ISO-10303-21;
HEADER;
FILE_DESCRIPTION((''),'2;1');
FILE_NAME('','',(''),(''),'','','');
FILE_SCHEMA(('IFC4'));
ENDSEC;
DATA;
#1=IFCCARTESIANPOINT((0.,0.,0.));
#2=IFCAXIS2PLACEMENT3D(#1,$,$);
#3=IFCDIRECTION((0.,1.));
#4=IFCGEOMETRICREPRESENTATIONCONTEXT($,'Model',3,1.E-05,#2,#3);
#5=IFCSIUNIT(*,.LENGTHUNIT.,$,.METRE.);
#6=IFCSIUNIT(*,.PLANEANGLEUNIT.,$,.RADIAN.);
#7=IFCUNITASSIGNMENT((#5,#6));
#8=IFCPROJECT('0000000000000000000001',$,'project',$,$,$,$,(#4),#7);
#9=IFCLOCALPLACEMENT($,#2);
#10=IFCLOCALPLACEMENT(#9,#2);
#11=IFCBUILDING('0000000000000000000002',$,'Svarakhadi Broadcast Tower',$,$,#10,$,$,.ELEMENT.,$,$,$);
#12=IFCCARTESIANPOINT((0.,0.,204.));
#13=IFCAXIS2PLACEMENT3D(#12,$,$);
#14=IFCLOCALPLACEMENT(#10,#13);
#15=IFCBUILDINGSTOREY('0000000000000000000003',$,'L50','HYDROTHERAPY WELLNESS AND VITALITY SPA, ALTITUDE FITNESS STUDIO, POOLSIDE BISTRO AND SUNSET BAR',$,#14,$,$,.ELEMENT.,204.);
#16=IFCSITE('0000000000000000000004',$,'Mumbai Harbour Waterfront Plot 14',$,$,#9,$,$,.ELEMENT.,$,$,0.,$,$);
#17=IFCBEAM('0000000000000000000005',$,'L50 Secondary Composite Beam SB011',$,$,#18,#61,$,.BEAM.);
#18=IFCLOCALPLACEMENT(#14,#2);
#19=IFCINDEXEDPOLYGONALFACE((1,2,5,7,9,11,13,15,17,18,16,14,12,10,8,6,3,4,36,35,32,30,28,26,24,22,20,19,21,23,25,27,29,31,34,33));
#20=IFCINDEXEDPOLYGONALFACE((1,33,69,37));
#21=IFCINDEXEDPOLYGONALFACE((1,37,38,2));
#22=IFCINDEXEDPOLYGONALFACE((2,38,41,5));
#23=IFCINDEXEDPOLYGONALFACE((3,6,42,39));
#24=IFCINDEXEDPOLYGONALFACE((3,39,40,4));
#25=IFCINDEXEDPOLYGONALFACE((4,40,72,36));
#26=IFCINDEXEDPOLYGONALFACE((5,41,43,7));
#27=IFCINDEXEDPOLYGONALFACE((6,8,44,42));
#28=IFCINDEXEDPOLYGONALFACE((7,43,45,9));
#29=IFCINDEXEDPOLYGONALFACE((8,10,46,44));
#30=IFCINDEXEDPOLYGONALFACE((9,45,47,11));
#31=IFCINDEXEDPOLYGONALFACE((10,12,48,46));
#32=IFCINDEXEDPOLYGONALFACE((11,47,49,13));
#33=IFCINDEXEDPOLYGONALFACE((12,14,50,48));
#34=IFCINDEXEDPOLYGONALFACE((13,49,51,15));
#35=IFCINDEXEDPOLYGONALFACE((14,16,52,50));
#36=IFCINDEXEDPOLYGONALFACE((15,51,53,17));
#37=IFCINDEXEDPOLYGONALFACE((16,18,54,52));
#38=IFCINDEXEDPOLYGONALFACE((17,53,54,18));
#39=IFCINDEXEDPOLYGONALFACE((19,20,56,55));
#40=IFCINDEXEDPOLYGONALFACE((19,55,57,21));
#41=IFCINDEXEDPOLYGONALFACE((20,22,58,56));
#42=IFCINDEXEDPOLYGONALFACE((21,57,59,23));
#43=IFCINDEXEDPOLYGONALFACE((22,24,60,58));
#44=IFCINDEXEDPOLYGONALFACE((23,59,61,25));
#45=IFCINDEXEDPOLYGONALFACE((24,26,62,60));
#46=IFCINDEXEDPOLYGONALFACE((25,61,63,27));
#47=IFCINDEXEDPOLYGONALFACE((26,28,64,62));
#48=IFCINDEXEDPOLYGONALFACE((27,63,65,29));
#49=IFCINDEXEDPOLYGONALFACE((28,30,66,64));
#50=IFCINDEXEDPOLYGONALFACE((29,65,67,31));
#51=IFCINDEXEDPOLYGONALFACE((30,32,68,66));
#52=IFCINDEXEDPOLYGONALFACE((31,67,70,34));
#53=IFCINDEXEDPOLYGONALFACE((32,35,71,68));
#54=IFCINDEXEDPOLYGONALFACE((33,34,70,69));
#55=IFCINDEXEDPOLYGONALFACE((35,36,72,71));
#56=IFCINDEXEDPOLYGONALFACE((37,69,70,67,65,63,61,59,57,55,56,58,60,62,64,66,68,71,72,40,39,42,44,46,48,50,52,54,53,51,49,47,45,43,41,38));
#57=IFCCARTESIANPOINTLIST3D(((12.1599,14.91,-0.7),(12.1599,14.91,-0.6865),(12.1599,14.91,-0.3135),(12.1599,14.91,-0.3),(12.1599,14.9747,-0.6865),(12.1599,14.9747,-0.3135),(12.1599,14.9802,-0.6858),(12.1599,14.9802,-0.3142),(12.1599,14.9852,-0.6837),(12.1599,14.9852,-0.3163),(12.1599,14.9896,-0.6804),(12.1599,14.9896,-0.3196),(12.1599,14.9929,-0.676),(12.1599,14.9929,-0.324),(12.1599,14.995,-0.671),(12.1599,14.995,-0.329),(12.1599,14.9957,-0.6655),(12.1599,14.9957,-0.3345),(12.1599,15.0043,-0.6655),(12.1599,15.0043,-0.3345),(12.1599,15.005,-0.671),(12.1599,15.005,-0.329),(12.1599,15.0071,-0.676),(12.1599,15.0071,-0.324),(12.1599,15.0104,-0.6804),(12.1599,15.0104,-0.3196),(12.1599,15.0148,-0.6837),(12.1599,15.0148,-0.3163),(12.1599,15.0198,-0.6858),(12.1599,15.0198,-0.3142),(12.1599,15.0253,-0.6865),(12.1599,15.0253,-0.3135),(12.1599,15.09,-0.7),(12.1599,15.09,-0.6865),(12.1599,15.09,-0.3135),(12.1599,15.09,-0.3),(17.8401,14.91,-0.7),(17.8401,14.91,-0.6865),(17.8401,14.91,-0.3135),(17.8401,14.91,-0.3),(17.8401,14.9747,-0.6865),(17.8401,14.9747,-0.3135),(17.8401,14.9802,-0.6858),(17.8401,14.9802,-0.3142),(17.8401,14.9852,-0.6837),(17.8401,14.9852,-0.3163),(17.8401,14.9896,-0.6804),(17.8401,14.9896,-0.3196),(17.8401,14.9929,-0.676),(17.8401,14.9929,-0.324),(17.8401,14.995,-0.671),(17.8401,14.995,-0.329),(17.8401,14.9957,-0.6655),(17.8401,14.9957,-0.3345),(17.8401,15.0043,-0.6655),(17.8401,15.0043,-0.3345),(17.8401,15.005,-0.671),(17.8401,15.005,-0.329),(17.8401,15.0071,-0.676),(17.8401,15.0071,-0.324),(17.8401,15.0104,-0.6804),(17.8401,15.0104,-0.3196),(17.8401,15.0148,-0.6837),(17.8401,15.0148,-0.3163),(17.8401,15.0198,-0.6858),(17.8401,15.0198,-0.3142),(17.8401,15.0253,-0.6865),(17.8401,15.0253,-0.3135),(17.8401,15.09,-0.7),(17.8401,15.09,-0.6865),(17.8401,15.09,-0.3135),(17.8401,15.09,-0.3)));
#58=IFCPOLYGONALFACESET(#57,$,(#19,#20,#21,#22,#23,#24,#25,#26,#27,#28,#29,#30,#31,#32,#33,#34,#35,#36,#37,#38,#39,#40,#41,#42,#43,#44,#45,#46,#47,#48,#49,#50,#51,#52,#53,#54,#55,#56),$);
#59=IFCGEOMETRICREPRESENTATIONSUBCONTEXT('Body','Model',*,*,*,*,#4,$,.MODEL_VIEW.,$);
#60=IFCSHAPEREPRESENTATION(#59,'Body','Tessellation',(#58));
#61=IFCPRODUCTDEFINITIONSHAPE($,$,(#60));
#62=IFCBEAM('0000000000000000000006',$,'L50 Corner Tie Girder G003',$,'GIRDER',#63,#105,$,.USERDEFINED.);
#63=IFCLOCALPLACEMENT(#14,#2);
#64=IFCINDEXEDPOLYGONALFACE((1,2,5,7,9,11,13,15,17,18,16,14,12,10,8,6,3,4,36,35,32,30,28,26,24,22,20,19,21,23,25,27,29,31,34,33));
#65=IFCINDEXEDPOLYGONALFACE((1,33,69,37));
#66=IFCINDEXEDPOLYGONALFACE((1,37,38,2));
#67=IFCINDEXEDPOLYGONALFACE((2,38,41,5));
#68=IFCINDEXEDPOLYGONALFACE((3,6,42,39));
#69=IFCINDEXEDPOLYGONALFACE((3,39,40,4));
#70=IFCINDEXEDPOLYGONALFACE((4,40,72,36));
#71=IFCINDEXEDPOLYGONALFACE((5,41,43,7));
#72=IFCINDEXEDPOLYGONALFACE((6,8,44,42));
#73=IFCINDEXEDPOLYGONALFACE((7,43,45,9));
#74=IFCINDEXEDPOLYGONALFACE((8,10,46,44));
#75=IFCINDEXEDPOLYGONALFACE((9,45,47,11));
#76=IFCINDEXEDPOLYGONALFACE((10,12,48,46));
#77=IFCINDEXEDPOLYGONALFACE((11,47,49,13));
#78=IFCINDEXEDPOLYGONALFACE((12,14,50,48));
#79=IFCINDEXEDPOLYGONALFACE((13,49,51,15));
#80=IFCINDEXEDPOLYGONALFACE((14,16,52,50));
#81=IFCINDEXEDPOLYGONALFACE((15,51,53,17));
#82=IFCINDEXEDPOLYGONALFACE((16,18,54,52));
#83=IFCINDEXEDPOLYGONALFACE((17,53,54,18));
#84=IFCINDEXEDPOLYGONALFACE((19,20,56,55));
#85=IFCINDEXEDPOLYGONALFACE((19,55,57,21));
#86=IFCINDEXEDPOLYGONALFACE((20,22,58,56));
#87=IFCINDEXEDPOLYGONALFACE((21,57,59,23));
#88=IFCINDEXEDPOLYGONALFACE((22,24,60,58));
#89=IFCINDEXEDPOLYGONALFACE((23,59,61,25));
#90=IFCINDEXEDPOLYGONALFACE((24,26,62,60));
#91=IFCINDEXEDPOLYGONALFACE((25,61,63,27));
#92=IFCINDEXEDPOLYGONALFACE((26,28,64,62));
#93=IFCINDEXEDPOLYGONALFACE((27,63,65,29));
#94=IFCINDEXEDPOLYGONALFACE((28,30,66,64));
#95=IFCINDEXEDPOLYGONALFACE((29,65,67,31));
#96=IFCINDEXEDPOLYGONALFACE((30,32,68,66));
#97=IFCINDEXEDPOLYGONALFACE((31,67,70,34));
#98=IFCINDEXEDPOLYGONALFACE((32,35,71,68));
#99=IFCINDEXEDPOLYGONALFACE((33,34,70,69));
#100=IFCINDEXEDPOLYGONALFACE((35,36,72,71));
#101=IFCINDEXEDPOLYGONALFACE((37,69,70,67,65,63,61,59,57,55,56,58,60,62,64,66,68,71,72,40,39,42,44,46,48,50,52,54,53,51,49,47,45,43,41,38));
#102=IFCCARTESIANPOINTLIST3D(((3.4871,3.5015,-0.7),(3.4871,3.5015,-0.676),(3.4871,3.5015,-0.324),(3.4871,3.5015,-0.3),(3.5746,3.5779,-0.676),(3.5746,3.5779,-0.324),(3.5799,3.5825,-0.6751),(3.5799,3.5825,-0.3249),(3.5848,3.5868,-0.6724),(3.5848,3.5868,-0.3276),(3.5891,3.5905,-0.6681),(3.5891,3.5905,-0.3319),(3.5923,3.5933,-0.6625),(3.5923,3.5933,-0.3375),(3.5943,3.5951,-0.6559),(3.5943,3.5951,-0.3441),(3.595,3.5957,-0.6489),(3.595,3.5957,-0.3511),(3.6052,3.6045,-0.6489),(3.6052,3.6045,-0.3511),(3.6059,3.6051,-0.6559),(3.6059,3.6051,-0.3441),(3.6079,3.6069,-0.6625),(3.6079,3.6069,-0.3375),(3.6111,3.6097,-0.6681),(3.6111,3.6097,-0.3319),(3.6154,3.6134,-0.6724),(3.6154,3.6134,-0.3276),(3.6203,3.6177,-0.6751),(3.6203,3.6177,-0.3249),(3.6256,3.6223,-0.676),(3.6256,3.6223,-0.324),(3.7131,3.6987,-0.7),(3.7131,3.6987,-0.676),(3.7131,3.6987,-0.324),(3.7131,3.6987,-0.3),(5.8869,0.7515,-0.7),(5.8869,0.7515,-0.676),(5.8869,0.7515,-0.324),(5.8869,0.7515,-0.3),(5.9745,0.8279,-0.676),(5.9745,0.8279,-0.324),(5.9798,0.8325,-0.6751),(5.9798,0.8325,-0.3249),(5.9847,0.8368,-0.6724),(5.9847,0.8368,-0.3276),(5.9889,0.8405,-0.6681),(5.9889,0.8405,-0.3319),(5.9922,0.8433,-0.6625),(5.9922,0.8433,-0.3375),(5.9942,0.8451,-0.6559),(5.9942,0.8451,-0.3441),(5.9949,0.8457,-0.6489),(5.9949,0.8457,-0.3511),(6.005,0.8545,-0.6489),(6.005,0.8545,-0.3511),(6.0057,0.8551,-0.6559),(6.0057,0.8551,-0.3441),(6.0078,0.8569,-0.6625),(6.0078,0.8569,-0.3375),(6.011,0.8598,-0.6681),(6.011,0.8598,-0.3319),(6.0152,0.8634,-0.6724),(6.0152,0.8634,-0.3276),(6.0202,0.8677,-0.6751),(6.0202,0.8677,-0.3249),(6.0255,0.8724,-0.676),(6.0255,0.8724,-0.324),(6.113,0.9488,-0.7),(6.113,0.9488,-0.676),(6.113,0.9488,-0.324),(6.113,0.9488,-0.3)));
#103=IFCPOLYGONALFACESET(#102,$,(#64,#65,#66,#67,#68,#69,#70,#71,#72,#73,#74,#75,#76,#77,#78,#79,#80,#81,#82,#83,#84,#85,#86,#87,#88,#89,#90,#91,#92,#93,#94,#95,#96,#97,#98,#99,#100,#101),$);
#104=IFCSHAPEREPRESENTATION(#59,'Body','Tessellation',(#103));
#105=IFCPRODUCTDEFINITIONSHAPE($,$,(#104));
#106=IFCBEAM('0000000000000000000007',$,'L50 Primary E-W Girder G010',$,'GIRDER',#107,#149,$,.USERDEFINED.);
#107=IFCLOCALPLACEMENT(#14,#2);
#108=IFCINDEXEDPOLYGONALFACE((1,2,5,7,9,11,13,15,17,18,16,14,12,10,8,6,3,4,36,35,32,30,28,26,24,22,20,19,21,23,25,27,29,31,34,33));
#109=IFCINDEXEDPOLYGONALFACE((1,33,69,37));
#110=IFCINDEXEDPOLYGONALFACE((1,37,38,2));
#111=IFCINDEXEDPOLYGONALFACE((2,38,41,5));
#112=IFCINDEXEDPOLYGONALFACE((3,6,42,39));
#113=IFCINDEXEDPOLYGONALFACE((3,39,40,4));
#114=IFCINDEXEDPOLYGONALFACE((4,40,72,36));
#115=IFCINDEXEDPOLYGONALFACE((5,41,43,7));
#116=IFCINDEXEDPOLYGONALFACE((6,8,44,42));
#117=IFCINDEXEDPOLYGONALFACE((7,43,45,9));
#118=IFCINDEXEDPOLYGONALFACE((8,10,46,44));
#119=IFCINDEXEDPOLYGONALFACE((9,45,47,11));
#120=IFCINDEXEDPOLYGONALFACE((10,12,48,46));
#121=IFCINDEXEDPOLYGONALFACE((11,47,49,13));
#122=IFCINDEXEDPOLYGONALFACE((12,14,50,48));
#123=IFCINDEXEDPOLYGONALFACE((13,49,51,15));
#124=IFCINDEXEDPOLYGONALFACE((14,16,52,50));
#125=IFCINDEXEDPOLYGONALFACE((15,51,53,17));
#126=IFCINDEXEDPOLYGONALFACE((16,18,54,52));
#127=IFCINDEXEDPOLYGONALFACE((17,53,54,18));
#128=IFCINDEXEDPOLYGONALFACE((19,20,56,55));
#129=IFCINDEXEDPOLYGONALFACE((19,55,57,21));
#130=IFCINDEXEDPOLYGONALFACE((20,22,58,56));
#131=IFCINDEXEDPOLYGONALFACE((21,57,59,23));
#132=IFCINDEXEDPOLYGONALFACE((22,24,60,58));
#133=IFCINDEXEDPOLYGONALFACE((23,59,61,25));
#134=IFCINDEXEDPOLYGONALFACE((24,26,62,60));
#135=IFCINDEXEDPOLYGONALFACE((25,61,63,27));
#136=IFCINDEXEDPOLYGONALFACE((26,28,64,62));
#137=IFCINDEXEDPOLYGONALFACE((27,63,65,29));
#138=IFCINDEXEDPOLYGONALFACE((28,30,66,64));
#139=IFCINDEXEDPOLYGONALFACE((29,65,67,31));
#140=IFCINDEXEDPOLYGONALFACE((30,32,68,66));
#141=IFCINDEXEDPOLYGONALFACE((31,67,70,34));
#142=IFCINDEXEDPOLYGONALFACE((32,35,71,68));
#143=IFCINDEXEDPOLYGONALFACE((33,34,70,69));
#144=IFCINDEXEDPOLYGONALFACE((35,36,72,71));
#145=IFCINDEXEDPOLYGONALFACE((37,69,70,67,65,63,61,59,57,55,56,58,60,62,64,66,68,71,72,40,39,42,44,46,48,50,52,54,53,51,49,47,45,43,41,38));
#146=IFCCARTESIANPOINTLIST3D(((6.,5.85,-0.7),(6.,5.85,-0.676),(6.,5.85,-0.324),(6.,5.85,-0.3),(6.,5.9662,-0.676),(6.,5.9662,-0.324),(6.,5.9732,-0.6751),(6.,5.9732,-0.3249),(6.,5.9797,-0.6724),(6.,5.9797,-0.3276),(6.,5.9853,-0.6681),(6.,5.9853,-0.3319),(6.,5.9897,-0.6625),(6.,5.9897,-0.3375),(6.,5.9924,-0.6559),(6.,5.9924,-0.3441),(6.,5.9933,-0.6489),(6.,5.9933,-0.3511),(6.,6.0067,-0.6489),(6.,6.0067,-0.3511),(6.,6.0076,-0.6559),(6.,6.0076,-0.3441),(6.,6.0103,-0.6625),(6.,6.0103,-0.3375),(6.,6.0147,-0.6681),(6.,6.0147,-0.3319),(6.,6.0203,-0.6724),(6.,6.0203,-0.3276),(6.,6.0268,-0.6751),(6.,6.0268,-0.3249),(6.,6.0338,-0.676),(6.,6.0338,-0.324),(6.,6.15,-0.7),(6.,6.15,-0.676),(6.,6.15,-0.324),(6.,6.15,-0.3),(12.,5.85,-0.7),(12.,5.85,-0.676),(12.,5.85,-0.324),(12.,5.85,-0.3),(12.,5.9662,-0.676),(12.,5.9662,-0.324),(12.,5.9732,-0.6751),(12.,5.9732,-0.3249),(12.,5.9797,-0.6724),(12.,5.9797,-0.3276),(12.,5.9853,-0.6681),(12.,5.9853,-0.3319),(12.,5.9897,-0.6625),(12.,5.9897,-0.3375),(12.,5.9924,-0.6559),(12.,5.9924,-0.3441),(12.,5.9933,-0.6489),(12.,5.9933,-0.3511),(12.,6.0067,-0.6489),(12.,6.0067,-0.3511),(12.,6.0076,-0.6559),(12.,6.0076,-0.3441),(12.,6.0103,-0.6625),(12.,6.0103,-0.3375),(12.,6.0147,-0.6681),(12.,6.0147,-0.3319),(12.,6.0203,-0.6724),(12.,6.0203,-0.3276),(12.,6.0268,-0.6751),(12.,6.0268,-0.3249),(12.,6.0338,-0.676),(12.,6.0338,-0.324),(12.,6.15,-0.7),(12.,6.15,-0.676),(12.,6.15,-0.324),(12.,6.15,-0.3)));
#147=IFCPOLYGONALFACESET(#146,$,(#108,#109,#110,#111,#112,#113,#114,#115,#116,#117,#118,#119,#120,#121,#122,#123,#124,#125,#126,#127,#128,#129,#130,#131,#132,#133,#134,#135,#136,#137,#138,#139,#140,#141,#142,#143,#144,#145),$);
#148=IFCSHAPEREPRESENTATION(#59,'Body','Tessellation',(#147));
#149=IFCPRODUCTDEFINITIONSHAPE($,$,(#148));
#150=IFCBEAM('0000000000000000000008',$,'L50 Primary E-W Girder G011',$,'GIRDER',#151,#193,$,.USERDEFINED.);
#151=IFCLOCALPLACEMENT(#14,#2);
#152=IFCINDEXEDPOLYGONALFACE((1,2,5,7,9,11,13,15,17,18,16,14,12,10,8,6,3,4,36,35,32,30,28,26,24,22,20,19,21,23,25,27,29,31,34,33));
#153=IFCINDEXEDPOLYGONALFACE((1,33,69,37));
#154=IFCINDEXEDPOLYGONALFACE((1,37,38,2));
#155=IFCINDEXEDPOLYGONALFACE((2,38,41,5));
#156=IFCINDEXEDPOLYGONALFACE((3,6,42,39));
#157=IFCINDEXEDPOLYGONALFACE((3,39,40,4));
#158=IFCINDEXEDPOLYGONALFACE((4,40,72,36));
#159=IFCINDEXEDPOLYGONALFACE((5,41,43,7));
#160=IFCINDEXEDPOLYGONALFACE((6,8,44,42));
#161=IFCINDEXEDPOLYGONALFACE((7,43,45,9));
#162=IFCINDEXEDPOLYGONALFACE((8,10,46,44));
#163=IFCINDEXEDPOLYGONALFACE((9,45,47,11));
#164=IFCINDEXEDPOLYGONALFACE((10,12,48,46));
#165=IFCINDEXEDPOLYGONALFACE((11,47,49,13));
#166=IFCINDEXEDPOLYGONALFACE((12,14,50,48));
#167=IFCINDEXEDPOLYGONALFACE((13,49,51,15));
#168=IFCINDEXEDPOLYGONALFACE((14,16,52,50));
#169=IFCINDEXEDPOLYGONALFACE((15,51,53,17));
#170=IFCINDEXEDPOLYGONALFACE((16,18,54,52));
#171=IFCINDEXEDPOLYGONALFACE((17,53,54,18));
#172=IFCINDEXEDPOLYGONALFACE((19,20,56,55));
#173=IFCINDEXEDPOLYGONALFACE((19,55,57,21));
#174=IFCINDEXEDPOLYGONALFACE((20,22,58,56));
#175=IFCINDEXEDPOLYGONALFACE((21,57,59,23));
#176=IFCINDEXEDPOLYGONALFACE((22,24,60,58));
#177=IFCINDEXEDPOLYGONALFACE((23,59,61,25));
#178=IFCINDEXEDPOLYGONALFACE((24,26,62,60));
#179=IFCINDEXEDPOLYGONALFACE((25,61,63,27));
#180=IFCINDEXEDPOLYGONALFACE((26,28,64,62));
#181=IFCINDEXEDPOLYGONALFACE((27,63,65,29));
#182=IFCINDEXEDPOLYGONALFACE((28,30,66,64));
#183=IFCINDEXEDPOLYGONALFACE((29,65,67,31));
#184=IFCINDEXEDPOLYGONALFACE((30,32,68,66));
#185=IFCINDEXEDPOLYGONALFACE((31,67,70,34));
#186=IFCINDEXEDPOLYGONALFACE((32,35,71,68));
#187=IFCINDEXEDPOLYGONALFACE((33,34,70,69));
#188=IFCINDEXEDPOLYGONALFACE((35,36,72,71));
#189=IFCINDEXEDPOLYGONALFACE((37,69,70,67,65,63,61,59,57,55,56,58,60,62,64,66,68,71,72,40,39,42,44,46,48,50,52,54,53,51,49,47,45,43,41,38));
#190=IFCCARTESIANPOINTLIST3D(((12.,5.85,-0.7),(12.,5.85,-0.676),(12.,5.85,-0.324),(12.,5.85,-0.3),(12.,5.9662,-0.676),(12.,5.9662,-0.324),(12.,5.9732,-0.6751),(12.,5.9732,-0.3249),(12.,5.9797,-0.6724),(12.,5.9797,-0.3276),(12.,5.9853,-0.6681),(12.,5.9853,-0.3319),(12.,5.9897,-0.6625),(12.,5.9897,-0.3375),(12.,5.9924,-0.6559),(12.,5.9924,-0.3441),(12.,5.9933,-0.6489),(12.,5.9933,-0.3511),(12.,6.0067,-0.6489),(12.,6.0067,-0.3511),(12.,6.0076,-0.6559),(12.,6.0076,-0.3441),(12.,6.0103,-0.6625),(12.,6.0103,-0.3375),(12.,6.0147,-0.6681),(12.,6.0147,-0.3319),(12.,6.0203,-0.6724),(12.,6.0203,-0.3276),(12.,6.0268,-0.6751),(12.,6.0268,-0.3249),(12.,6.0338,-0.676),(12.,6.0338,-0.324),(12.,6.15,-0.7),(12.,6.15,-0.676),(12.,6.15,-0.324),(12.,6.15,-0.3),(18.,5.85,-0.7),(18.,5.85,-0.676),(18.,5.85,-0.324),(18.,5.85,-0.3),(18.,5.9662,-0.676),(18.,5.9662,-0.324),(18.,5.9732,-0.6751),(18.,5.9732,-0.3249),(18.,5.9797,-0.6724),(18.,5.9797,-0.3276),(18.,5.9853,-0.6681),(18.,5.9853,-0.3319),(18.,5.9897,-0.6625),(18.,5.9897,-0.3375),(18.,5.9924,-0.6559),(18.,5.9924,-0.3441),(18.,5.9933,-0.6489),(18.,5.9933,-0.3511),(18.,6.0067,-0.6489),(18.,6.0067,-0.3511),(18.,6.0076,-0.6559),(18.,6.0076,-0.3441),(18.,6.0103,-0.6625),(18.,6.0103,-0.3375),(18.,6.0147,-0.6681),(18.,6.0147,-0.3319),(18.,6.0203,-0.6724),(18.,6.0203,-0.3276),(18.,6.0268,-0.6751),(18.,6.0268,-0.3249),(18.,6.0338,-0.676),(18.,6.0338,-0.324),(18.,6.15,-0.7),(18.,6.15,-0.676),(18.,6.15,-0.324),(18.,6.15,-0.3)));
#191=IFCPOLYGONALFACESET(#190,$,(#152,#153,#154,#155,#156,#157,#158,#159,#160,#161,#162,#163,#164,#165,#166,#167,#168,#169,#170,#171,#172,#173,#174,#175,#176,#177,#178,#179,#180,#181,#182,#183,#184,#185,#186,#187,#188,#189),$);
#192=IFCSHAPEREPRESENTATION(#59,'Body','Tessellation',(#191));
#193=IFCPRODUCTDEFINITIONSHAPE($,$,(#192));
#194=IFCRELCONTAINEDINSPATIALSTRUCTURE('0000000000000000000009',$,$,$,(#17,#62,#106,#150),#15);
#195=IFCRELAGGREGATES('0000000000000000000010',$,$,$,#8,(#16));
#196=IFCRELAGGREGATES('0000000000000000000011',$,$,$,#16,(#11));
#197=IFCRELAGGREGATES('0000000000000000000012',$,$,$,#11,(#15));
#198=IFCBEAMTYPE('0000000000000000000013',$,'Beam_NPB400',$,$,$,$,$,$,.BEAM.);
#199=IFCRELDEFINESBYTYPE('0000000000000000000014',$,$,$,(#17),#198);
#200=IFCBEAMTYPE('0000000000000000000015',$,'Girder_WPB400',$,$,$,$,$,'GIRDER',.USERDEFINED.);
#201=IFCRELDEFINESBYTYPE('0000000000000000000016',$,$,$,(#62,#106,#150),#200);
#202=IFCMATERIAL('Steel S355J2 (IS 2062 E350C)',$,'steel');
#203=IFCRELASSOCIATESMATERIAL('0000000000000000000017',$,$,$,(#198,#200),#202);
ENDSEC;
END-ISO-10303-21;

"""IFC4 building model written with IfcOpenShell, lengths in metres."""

from ifc_helpers import new_model, si_unit, direction, frame, origin, origin_2d, place, context, subcontext, project, spatial, i_section, extrude, material, material_profile, profile_set, type_object, element, save


model = new_model("IFC4")

# Units and contexts
model_context = context("Model", 3, precision=1e-05, world=origin(), true_north=direction((0.0, 1.0)))
body_context = subcontext(model_context, "Body", "Model", "MODEL_VIEW")
ifc_project = project(units=[si_unit("LENGTHUNIT", "METRE"), si_unit("PLANEANGLEUNIT", "RADIAN")], contexts=[model_context])

# Site, building, storey
site_placement = place(None, origin())
site = spatial("IfcSite", under=ifc_project, at=site_placement, Name="Mumbai Harbour Waterfront Plot 14", CompositionType="ELEMENT", RefElevation=0.0)
building_placement = place(site_placement, origin())
building = spatial("IfcBuilding", under=site, at=building_placement, Name="Svarakhadi Broadcast Tower", CompositionType="ELEMENT")
storey_placement = place(building_placement, frame((0.0, 0.0, 204.0)))
storey = spatial("IfcBuildingStorey", under=building, at=storey_placement, Name="L50", Description="HYDROTHERAPY WELLNESS AND VITALITY SPA, ALTITUDE FITNESS STUDIO, POOLSIDE BISTRO AND SUNSET BAR", CompositionType="ELEMENT", Elevation=204.0)

# Beams
ifc_material_1 = material(Name="Steel S355J2 (IS 2062 E350C)", Category="steel")
ifc_material_profile_1 = material_profile(ifc_material_1, i_section(OverallWidth=0.1799, OverallDepth=0.3999, WebThickness=0.0085, FlangeThickness=0.0134, FilletRadius=0.021, at=origin_2d()), Name="NPB 400x180x66")
ifc_profile_set_1 = profile_set([ifc_material_profile_1], Name="Steel S355J2 (IS 2062 E350C)")
beam_type_1 = type_object("IfcBeamType", Name="Beam_NPB400", PredefinedType="BEAM", material=ifc_profile_set_1)
for number, where, z_axis, x_axis, name in (
    (1, (12.1599, 15.0, -0.5), (1.0, 0.0, 0.0), (0.0, 1.0, 0.0), "L50 Secondary Composite Beam SB011"),
):
    element("IfcBeam", number, at=place(storey_placement, frame(where, z_axis=z_axis, x_axis=x_axis)), inside=storey, type_object=beam_type_1, Name=name, PredefinedType="BEAM", context=body_context, shape_type="SweptSolid", body=[
        extrude(i_section(OverallWidth=0.1799, OverallDepth=0.3999, WebThickness=0.0085, FlangeThickness=0.0134, FilletRadius=0.021, at=origin_2d()), origin(), (0.0, 0.0, 1.0), 5.6802),
    ])
ifc_material_profile_2 = material_profile(ifc_material_1, i_section(OverallWidth=0.3, OverallDepth=0.3999, WebThickness=0.0134, FlangeThickness=0.0239, FilletRadius=0.0271, at=origin_2d()), Name="WPB 400x300x155")
ifc_profile_set_2 = profile_set([ifc_material_profile_2], Name="Steel S355J2 (IS 2062 E350C)")
beam_type_2 = type_object("IfcBeamType", Name="Girder_WPB400", ElementType="GIRDER", PredefinedType="USERDEFINED", material=ifc_profile_set_2)
beam_placement = place(storey_placement, frame((3.6001, 3.6001, -0.5), z_axis=(0.657519, -0.753438, 0.0), x_axis=(0.753438, 0.657519, 0.0)))
element("IfcBeam", 2, at=beam_placement, inside=storey, type_object=beam_type_2, Name="L50 Corner Tie Girder G003", ObjectType="GIRDER", PredefinedType="USERDEFINED", context=body_context, shape_type="SweptSolid", body=[
    extrude(i_section(OverallWidth=0.3, OverallDepth=0.3999, WebThickness=0.0134, FlangeThickness=0.0239, FilletRadius=0.0271, at=origin_2d()), origin(), (0.0, 0.0, 1.0), 3.6499),
])
for number, where, z_axis, x_axis, name in (
    (3, (6.0, 6.0, -0.5), (1.0, 0.0, 0.0), (0.0, 1.0, 0.0), "L50 Primary E-W Girder G010"),
    (4, (12.0, 6.0, -0.5), (1.0, 0.0, 0.0), (0.0, 1.0, 0.0), "L50 Primary E-W Girder G011"),
):
    element("IfcBeam", number, at=place(storey_placement, frame(where, z_axis=z_axis, x_axis=x_axis)), inside=storey, type_object=beam_type_2, Name=name, ObjectType="GIRDER", PredefinedType="USERDEFINED", context=body_context, shape_type="SweptSolid", body=[
        extrude(i_section(OverallWidth=0.3, OverallDepth=0.3999, WebThickness=0.0134, FlangeThickness=0.0239, FilletRadius=0.0271, at=origin_2d()), origin(), (0.0, 0.0, 1.0), 6.0),
    ])

save(model, "model.ifc")
